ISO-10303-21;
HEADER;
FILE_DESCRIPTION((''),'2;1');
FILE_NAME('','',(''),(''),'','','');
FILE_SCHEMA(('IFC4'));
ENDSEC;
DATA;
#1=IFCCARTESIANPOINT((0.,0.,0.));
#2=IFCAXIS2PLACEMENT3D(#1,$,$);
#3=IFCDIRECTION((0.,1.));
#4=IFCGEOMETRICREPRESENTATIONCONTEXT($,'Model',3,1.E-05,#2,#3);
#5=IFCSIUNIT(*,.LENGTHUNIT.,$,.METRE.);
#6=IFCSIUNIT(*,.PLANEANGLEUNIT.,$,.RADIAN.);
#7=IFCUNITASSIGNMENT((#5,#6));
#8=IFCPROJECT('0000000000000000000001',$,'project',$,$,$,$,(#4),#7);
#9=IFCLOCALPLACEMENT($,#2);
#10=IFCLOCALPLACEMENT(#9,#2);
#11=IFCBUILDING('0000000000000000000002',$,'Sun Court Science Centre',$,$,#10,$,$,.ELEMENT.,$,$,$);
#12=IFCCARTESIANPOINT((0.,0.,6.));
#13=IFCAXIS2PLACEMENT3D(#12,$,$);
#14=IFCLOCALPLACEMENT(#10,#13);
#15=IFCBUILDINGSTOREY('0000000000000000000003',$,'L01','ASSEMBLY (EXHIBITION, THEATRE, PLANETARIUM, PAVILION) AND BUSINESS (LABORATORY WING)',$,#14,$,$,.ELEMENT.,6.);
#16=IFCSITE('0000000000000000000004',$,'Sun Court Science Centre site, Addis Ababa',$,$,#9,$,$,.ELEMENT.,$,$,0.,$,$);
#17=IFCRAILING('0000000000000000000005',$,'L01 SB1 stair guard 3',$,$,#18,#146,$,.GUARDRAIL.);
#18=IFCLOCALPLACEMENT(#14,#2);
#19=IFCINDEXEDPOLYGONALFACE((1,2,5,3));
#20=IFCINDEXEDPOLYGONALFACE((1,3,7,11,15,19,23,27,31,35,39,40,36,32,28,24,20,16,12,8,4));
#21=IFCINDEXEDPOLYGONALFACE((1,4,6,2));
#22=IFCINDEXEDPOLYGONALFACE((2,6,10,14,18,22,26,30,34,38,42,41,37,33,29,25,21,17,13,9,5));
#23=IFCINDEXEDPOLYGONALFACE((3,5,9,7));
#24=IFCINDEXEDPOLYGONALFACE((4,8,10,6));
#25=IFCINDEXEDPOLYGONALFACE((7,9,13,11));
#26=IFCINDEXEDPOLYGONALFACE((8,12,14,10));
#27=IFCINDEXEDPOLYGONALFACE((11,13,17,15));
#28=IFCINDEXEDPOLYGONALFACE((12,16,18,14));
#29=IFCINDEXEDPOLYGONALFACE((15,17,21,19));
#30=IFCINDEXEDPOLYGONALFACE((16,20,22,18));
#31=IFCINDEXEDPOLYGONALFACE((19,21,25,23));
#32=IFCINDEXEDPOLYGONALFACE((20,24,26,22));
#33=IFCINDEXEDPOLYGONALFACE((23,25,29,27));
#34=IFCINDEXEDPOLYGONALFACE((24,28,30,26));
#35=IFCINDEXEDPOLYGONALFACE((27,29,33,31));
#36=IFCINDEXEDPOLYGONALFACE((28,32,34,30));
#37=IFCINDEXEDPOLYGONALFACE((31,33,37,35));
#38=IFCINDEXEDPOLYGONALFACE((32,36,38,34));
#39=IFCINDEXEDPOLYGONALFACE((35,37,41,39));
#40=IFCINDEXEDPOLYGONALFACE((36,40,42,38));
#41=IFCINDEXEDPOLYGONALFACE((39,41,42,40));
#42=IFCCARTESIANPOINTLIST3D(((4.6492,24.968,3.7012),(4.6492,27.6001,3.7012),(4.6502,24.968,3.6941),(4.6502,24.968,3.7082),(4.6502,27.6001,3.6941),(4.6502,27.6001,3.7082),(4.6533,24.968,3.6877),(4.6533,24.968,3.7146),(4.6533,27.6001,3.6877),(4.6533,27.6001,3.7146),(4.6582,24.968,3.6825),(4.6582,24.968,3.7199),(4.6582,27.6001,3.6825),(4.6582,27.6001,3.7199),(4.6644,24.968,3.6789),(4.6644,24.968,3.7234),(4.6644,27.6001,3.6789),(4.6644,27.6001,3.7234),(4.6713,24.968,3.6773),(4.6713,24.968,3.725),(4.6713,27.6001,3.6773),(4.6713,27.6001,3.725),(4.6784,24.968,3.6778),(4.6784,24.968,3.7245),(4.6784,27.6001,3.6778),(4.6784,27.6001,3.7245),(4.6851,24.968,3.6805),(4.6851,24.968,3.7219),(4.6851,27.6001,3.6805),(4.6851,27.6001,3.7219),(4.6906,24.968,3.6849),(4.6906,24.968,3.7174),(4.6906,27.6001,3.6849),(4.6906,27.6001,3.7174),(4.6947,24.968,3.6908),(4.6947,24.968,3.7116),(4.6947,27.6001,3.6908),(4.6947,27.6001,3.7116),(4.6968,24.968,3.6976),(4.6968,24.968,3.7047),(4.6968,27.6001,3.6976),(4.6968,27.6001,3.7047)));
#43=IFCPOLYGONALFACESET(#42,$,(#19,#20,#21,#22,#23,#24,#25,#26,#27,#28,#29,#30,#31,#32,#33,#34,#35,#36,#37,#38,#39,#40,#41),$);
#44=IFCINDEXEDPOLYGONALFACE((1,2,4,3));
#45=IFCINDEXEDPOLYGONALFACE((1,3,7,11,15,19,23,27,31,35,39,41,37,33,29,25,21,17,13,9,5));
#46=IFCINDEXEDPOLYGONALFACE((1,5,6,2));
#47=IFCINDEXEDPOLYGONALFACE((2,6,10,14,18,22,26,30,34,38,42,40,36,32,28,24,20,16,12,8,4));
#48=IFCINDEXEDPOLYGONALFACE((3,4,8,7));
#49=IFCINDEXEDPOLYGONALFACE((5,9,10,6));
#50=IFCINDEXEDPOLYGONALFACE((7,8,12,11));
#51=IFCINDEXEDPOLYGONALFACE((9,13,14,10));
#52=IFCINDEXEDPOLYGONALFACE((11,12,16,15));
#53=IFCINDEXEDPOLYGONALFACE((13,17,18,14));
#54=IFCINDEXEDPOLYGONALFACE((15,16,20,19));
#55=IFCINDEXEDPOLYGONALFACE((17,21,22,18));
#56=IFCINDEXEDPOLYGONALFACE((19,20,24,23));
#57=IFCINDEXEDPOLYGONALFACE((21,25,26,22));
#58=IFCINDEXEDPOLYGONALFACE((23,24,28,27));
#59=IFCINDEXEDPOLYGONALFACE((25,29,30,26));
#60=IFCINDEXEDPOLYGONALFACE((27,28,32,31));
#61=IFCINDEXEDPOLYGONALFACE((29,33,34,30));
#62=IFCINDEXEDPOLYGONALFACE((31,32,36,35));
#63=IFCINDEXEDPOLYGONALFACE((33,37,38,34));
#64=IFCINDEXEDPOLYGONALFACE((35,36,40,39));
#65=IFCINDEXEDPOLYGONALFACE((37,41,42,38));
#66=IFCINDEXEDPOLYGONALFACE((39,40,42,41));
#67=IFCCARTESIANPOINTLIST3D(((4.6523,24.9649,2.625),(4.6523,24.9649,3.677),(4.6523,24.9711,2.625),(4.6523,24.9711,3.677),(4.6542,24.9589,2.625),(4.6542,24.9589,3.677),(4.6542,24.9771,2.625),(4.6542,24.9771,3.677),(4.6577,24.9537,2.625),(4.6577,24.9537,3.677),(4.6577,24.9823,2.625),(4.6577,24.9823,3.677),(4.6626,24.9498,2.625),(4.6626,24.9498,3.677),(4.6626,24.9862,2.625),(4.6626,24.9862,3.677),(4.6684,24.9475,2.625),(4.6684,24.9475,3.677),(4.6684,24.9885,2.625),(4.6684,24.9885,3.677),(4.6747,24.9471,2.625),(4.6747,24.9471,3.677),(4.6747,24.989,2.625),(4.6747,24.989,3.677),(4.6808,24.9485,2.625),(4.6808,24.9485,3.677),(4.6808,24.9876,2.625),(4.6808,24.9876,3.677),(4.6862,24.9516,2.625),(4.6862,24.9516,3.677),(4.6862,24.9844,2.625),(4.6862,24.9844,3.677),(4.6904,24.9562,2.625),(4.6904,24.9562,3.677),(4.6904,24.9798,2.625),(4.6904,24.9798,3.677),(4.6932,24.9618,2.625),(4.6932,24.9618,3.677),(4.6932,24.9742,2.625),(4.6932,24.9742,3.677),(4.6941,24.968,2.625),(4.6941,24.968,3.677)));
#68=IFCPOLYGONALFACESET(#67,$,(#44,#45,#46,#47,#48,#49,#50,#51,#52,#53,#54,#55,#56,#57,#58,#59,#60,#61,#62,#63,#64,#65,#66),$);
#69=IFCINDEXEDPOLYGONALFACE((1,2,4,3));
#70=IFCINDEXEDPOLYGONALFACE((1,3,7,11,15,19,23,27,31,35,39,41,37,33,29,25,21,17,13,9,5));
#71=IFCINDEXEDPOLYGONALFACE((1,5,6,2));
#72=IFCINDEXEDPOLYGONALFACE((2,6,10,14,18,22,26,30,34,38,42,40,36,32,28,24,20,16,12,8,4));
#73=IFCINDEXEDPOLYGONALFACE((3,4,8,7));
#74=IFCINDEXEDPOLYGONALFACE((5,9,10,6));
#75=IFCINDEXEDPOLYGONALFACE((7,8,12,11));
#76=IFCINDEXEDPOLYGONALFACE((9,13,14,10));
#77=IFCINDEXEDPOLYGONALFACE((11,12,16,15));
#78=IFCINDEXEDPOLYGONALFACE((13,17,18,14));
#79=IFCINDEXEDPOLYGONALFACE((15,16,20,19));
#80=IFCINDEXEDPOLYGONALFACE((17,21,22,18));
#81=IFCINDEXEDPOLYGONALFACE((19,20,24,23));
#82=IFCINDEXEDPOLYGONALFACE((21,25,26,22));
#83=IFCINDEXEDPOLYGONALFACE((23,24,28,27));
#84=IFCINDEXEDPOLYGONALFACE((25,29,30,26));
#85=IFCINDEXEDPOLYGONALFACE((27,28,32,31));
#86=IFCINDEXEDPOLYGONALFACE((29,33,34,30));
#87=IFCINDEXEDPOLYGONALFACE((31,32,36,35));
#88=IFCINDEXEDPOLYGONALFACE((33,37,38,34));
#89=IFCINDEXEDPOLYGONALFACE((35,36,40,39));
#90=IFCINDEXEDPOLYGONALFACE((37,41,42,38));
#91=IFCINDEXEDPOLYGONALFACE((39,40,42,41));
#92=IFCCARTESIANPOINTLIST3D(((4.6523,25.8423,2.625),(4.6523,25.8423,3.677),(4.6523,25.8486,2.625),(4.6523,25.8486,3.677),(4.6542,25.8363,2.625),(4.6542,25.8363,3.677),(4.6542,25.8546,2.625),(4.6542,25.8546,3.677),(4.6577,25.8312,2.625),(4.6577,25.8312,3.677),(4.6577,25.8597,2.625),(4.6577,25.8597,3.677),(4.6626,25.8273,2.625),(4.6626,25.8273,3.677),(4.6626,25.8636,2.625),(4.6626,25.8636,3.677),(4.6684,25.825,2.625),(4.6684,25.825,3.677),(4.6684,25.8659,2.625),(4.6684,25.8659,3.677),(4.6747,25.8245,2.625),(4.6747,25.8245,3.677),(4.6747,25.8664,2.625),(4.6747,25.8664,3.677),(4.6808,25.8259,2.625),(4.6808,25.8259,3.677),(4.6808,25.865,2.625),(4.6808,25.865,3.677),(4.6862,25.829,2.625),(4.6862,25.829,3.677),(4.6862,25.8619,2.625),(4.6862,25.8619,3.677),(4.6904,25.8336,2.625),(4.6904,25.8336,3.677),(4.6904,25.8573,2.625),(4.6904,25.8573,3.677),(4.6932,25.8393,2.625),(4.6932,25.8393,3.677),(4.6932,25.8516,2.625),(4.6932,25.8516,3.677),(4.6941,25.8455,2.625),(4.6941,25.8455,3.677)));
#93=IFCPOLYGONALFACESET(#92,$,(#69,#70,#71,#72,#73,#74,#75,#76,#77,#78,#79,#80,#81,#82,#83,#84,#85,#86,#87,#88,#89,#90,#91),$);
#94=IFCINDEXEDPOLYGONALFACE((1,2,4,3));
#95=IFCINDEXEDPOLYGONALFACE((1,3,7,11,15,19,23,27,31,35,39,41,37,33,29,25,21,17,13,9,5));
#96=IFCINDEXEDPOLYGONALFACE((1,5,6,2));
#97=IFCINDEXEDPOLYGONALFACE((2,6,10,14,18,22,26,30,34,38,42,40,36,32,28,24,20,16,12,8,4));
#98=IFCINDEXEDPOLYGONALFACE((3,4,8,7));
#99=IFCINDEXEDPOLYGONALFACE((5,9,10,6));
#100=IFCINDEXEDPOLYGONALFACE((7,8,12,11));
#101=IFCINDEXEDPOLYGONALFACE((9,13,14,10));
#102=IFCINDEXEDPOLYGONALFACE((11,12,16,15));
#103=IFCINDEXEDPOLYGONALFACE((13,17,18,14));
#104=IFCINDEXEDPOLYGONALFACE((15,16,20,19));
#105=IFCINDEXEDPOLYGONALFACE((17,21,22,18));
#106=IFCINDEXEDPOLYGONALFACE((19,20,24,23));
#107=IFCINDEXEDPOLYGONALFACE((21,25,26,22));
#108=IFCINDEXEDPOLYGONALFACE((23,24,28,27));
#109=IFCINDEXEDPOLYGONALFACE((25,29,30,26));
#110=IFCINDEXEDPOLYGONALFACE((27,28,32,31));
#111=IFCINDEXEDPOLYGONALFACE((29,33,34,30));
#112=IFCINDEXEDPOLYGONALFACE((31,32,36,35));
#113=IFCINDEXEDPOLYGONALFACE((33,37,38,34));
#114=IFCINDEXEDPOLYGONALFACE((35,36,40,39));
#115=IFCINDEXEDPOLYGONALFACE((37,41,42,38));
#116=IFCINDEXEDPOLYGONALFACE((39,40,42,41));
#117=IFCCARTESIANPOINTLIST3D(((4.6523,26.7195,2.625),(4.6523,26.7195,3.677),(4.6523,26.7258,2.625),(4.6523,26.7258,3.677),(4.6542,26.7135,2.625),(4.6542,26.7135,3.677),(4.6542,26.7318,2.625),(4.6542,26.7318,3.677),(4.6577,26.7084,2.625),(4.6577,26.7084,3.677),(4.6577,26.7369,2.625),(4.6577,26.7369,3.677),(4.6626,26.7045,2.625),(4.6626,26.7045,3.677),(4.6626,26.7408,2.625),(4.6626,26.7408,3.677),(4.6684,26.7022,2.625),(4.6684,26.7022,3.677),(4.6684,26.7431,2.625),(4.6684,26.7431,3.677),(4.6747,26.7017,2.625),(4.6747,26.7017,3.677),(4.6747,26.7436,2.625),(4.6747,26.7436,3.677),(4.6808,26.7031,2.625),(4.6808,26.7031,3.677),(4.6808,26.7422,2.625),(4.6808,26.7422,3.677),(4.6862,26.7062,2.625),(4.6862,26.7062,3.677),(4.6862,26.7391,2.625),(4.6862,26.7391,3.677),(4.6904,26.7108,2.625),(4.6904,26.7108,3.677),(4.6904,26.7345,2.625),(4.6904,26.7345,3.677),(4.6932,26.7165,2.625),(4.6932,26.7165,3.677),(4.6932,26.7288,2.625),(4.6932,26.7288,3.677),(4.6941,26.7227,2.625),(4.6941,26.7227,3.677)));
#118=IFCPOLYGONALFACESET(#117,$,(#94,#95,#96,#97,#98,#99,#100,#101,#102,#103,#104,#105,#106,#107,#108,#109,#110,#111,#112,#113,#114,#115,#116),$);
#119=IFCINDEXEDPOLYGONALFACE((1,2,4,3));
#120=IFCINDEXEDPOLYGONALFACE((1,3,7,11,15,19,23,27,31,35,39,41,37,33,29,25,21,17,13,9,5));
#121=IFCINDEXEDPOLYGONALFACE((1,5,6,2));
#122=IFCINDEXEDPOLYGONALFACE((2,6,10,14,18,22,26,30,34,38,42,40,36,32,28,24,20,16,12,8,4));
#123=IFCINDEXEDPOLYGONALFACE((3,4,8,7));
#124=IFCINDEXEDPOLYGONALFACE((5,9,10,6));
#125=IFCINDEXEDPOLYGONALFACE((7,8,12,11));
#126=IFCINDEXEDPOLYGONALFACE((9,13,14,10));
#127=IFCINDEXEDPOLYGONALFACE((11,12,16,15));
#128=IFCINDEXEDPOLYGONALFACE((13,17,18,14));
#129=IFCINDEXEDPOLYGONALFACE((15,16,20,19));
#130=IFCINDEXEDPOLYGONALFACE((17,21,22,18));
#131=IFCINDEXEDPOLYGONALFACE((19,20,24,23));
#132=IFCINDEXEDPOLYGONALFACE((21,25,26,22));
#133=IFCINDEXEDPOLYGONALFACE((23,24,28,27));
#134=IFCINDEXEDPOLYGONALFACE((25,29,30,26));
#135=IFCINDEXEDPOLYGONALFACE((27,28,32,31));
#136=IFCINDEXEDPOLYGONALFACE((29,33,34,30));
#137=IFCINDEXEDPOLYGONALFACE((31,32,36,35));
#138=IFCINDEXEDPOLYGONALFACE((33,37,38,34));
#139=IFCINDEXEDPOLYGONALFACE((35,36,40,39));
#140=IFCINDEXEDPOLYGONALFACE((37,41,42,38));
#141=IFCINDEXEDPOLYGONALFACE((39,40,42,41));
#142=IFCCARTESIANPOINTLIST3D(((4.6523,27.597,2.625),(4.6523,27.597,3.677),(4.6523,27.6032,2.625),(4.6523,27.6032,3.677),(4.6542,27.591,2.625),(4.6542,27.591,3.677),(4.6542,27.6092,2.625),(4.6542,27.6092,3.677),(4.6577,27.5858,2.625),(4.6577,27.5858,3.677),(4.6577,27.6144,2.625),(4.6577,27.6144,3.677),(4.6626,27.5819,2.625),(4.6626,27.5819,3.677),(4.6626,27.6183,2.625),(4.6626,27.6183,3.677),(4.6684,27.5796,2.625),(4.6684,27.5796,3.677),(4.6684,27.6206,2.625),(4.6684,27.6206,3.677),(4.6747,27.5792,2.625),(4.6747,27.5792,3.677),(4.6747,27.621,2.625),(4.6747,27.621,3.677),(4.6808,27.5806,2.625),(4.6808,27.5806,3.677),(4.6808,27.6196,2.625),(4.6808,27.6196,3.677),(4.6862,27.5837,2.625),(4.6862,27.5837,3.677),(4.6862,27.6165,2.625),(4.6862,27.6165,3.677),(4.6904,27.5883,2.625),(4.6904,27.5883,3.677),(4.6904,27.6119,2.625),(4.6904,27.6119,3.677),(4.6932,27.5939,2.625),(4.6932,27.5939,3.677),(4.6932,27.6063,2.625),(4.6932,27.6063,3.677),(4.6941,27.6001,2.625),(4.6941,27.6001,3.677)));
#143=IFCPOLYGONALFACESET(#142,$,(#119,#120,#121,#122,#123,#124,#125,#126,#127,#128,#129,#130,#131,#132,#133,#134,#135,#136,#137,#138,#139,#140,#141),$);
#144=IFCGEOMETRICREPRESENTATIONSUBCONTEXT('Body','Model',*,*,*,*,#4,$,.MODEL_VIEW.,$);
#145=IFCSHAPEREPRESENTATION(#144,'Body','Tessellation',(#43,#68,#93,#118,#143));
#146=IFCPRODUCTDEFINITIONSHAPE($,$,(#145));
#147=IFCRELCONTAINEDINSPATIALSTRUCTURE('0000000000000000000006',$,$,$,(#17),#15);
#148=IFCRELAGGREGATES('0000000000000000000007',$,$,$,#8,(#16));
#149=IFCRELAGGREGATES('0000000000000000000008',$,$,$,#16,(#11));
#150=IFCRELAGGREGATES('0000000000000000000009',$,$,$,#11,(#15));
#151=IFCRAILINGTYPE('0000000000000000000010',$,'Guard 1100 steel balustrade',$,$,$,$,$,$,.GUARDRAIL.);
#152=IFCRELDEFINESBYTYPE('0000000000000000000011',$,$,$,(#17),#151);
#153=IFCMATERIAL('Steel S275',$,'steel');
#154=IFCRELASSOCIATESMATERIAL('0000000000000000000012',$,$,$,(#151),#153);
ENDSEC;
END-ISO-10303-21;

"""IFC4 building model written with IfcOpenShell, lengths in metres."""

from ifc_helpers import new_model, si_unit, direction, frame, origin, origin_2d, place, context, subcontext, project, spatial, circle, extrude, material, type_object, element, save


model = new_model("IFC4")

# Units and contexts
model_context = context("Model", 3, precision=1e-05, world=origin(), true_north=direction((0.0, 1.0)))
body_context = subcontext(model_context, "Body", "Model", "MODEL_VIEW")
ifc_project = project(units=[si_unit("LENGTHUNIT", "METRE"), si_unit("PLANEANGLEUNIT", "RADIAN")], contexts=[model_context])

# Site, building, storey
site_placement = place(None, origin())
site = spatial("IfcSite", under=ifc_project, at=site_placement, Name="Sun Court Science Centre site, Addis Ababa", CompositionType="ELEMENT", RefElevation=0.0)
building_placement = place(site_placement, origin())
building = spatial("IfcBuilding", under=site, at=building_placement, Name="Sun Court Science Centre", CompositionType="ELEMENT")
storey_placement = place(building_placement, frame((0.0, 0.0, 6.0)))
storey = spatial("IfcBuildingStorey", under=building, at=storey_placement, Name="L01", Description="ASSEMBLY (EXHIBITION, THEATRE, PLANETARIUM, PAVILION) AND BUSINESS (LABORATORY WING)", CompositionType="ELEMENT", Elevation=6.0)

# Railing
ifc_material_1 = material(Name="Steel S275", Category="steel")
railing_type_1 = type_object("IfcRailingType", Name="Guard 1100 steel balustrade", PredefinedType="GUARDRAIL", material=ifc_material_1)
for number, where, name in (
    (1, (4.6731, 24.968, 2.625), "L01 SB1 stair guard 3"),
):
    element("IfcRailing", number, at=place(storey_placement, frame(where)), inside=storey, type_object=railing_type_1, Name=name, PredefinedType="GUARDRAIL", context=body_context, shape_type="SweptSolid", body=[
        extrude(circle(Radius=0.0239, at=origin_2d()), frame((0.0, 0.0, 1.0762), z_axis=(0.0, 1.0, 0.0), x_axis=(-1.0, 0.0, 0.0)), (0.0, 0.0, 1.0), 2.6321),
        extrude(circle(Radius=0.021, at=origin_2d()), origin(), (0.0, 0.0, 1.0), 1.052),
        extrude(circle(Radius=0.021, at=origin_2d()), frame((0.0, 0.8774, 0.0)), (0.0, 0.0, 1.0), 1.052),
        extrude(circle(Radius=0.021, at=origin_2d()), frame((0.0, 1.7546, 0.0)), (0.0, 0.0, 1.0), 1.052),
        extrude(circle(Radius=0.021, at=origin_2d()), frame((0.0, 2.6321, 0.0)), (0.0, 0.0, 1.0), 1.052),
    ])

save(model, "model.ifc")
